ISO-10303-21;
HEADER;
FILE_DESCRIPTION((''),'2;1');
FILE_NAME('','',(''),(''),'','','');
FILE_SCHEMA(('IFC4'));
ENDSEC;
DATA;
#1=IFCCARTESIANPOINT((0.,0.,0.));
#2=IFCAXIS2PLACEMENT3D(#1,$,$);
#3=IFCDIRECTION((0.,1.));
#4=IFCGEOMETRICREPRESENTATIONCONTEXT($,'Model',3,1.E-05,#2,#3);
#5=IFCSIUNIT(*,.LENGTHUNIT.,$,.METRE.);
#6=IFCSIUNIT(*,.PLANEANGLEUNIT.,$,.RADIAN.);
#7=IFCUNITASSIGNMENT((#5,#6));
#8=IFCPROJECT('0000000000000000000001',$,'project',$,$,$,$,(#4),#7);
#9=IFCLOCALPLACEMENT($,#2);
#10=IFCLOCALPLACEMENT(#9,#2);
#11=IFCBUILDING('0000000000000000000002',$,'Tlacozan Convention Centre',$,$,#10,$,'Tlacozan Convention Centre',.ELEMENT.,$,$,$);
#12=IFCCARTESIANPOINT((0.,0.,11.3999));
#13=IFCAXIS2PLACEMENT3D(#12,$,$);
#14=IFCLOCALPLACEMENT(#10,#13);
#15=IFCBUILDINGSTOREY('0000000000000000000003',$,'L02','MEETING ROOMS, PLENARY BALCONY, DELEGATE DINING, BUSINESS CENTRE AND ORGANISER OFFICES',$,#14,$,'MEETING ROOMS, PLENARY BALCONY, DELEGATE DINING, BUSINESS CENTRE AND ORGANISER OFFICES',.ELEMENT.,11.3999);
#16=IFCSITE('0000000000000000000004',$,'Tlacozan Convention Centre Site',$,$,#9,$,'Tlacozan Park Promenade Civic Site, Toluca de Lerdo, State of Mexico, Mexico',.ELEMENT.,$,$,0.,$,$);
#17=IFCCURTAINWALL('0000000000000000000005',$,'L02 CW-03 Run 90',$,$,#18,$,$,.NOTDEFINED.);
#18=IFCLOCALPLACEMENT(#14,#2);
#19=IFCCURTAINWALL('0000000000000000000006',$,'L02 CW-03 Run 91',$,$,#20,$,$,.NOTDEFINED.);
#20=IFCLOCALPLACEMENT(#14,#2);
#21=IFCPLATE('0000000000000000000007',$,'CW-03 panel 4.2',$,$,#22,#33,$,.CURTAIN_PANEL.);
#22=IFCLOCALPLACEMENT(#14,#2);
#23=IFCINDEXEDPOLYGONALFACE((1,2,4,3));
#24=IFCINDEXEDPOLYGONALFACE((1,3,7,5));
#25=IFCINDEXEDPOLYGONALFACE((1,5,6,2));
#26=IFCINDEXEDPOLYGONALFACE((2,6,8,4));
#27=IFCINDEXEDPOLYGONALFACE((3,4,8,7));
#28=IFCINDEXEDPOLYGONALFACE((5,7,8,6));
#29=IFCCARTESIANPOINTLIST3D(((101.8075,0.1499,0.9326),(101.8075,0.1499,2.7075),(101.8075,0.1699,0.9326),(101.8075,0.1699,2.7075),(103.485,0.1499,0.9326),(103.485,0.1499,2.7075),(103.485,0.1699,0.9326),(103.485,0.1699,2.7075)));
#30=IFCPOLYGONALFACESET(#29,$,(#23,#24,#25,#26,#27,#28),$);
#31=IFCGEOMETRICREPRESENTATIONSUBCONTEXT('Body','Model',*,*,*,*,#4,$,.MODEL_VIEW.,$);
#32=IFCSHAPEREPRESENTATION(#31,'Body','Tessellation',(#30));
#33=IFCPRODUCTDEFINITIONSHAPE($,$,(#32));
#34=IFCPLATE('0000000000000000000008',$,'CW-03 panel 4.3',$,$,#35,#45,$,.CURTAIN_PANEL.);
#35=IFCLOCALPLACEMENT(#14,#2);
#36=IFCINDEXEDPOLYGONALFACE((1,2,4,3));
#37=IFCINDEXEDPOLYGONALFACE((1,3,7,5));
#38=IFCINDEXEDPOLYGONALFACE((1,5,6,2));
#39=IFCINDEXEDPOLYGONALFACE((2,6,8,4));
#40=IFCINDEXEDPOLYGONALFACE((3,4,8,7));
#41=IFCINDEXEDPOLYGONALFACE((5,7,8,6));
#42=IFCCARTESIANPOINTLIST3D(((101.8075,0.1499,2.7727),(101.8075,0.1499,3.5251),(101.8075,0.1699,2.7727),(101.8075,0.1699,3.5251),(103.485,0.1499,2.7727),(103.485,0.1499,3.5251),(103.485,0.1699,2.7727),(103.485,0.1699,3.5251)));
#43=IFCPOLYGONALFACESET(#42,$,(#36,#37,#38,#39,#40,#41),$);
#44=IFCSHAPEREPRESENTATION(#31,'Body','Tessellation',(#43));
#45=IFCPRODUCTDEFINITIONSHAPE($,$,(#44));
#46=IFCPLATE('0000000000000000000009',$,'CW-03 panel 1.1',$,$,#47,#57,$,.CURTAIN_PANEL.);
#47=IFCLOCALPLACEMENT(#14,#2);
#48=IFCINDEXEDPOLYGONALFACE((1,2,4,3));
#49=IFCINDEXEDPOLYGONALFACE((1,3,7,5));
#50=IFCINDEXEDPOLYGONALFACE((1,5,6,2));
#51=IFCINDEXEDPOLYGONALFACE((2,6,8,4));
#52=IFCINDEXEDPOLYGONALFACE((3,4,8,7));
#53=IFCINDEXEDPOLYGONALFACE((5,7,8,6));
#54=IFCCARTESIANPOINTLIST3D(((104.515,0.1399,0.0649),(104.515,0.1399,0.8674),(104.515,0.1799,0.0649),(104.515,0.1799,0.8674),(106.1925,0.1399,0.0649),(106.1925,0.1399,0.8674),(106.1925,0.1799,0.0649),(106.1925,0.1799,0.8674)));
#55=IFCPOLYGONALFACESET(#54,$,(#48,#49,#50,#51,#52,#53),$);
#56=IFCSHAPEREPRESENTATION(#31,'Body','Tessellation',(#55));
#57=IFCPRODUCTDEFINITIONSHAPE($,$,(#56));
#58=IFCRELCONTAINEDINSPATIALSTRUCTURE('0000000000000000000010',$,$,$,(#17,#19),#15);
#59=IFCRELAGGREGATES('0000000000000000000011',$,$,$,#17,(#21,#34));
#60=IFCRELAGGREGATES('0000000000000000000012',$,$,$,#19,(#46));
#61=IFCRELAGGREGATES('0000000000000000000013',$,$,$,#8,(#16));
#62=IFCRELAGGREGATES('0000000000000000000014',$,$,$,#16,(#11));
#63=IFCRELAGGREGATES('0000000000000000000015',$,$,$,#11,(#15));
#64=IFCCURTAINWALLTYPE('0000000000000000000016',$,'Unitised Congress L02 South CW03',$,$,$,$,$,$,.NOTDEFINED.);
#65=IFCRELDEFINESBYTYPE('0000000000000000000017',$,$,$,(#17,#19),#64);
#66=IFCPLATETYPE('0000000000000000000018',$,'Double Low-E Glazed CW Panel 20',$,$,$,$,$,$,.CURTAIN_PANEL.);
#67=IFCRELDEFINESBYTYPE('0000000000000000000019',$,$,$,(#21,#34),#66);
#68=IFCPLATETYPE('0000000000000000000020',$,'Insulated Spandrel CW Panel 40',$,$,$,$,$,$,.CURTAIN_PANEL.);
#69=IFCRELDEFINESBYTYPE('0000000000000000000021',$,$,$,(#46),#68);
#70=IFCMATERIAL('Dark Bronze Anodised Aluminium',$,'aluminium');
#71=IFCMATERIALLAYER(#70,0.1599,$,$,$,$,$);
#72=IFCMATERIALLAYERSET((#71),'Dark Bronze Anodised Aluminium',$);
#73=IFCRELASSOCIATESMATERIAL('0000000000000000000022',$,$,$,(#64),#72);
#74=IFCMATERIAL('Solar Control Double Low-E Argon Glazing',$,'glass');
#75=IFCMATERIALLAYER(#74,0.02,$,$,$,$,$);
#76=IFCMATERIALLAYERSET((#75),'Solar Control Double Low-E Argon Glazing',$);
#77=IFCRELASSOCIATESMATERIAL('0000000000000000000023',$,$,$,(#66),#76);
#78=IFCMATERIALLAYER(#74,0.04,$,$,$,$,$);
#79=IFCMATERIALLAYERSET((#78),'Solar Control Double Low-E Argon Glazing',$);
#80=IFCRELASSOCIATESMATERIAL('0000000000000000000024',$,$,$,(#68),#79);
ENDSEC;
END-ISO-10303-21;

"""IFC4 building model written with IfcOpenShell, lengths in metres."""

from ifc_helpers import new_model, si_unit, direction, frame, origin, origin_2d, place, context, subcontext, project, spatial, rectangle, extrude, material, layer, layer_set, type_object, element, aggregate, save


model = new_model("IFC4")

# Units and contexts
model_context = context("Model", 3, precision=1e-05, world=origin(), true_north=direction((0.0, 1.0)))
body_context = subcontext(model_context, "Body", "Model", "MODEL_VIEW")
ifc_project = project(units=[si_unit("LENGTHUNIT", "METRE"), si_unit("PLANEANGLEUNIT", "RADIAN")], contexts=[model_context])

# Site, building, storey
site_placement = place(None, origin())
site = spatial("IfcSite", under=ifc_project, at=site_placement, Name="Tlacozan Convention Centre Site", LongName="Tlacozan Park Promenade Civic Site, Toluca de Lerdo, State of Mexico, Mexico", CompositionType="ELEMENT", RefElevation=0.0)
building_placement = place(site_placement, origin())
building = spatial("IfcBuilding", under=site, at=building_placement, Name="Tlacozan Convention Centre", LongName="Tlacozan Convention Centre", CompositionType="ELEMENT")
storey_placement = place(building_placement, frame((0.0, 0.0, 11.3999)))
storey = spatial("IfcBuildingStorey", under=building, at=storey_placement, Name="L02", Description="MEETING ROOMS, PLENARY BALCONY, DELEGATE DINING, BUSINESS CENTRE AND ORGANISER OFFICES", LongName="MEETING ROOMS, PLENARY BALCONY, DELEGATE DINING, BUSINESS CENTRE AND ORGANISER OFFICES", CompositionType="ELEMENT", Elevation=11.3999)

# Curtain wall
ifc_material_1 = material(Name="Dark Bronze Anodised Aluminium", Category="aluminium")
ifc_layer_1 = layer(ifc_material_1, 0.1599)
ifc_layer_set_1 = layer_set([ifc_layer_1], Name="Dark Bronze Anodised Aluminium")
curtain_wall_type = type_object("IfcCurtainWallType", Name="Unitised Congress L02 South CW03", PredefinedType="NOTDEFINED", material=ifc_layer_set_1)
curtain_wall_1_placement = place(storey_placement, origin())
curtain_wall_1 = element("IfcCurtainWall", 1, at=curtain_wall_1_placement, inside=storey, type_object=curtain_wall_type, Name="L02 CW-03 Run 90", PredefinedType="NOTDEFINED")

# Curtain wall
curtain_wall_2_placement = place(storey_placement, origin())
curtain_wall_2 = element("IfcCurtainWall", 2, at=curtain_wall_2_placement, inside=storey, type_object=curtain_wall_type, Name="L02 CW-03 Run 91", PredefinedType="NOTDEFINED")

# Plates
ifc_material_2 = material(Name="Solar Control Double Low-E Argon Glazing", Category="glass")
ifc_layer_2 = layer(ifc_material_2, 0.02)
ifc_layer_set_2 = layer_set([ifc_layer_2], Name="Solar Control Double Low-E Argon Glazing")
plate_type_1 = type_object("IfcPlateType", Name="Double Low-E Glazed CW Panel 20", PredefinedType="CURTAIN_PANEL", material=ifc_layer_set_2)
plate_1_placement = place(storey_placement, frame((102.6462, 0.1599, 0.9326), z_axis=(0.0, 0.0, 1.0), x_axis=(1.0, 0.0, 0.0)))
plate_1 = element("IfcPlate", 3, at=plate_1_placement, type_object=plate_type_1, Name="CW-03 panel 4.2", PredefinedType="CURTAIN_PANEL", context=body_context, shape_type="SweptSolid", body=[
    extrude(rectangle(XDim=1.6775, YDim=0.02, at=origin_2d()), origin(), (0.0, 0.0, 1.0), 1.7749),
])
plate_2_placement = place(storey_placement, frame((102.6462, 0.1599, 2.7727), z_axis=(0.0, 0.0, 1.0), x_axis=(1.0, 0.0, 0.0)))
plate_2 = element("IfcPlate", 4, at=plate_2_placement, type_object=plate_type_1, Name="CW-03 panel 4.3", PredefinedType="CURTAIN_PANEL", context=body_context, shape_type="SweptSolid", body=[
    extrude(rectangle(XDim=1.6775, YDim=0.02, at=origin_2d()), origin(), (0.0, 0.0, 1.0), 0.7524),
])
aggregate(curtain_wall_1, [plate_1, plate_2])
ifc_layer_3 = layer(ifc_material_2, 0.04)
ifc_layer_set_3 = layer_set([ifc_layer_3], Name="Solar Control Double Low-E Argon Glazing")
plate_type_2 = type_object("IfcPlateType", Name="Insulated Spandrel CW Panel 40", PredefinedType="CURTAIN_PANEL", material=ifc_layer_set_3)
plate_3_placement = place(storey_placement, frame((105.3538, 0.1599, 0.0649), z_axis=(0.0, 0.0, 1.0), x_axis=(1.0, 0.0, 0.0)))
plate_3 = element("IfcPlate", 5, at=plate_3_placement, type_object=plate_type_2, Name="CW-03 panel 1.1", PredefinedType="CURTAIN_PANEL", context=body_context, shape_type="SweptSolid", body=[
    extrude(rectangle(XDim=1.6775, YDim=0.04, at=origin_2d()), origin(), (0.0, 0.0, 1.0), 0.8025),
])
aggregate(curtain_wall_2, [plate_3])

save(model, "model.ifc")
